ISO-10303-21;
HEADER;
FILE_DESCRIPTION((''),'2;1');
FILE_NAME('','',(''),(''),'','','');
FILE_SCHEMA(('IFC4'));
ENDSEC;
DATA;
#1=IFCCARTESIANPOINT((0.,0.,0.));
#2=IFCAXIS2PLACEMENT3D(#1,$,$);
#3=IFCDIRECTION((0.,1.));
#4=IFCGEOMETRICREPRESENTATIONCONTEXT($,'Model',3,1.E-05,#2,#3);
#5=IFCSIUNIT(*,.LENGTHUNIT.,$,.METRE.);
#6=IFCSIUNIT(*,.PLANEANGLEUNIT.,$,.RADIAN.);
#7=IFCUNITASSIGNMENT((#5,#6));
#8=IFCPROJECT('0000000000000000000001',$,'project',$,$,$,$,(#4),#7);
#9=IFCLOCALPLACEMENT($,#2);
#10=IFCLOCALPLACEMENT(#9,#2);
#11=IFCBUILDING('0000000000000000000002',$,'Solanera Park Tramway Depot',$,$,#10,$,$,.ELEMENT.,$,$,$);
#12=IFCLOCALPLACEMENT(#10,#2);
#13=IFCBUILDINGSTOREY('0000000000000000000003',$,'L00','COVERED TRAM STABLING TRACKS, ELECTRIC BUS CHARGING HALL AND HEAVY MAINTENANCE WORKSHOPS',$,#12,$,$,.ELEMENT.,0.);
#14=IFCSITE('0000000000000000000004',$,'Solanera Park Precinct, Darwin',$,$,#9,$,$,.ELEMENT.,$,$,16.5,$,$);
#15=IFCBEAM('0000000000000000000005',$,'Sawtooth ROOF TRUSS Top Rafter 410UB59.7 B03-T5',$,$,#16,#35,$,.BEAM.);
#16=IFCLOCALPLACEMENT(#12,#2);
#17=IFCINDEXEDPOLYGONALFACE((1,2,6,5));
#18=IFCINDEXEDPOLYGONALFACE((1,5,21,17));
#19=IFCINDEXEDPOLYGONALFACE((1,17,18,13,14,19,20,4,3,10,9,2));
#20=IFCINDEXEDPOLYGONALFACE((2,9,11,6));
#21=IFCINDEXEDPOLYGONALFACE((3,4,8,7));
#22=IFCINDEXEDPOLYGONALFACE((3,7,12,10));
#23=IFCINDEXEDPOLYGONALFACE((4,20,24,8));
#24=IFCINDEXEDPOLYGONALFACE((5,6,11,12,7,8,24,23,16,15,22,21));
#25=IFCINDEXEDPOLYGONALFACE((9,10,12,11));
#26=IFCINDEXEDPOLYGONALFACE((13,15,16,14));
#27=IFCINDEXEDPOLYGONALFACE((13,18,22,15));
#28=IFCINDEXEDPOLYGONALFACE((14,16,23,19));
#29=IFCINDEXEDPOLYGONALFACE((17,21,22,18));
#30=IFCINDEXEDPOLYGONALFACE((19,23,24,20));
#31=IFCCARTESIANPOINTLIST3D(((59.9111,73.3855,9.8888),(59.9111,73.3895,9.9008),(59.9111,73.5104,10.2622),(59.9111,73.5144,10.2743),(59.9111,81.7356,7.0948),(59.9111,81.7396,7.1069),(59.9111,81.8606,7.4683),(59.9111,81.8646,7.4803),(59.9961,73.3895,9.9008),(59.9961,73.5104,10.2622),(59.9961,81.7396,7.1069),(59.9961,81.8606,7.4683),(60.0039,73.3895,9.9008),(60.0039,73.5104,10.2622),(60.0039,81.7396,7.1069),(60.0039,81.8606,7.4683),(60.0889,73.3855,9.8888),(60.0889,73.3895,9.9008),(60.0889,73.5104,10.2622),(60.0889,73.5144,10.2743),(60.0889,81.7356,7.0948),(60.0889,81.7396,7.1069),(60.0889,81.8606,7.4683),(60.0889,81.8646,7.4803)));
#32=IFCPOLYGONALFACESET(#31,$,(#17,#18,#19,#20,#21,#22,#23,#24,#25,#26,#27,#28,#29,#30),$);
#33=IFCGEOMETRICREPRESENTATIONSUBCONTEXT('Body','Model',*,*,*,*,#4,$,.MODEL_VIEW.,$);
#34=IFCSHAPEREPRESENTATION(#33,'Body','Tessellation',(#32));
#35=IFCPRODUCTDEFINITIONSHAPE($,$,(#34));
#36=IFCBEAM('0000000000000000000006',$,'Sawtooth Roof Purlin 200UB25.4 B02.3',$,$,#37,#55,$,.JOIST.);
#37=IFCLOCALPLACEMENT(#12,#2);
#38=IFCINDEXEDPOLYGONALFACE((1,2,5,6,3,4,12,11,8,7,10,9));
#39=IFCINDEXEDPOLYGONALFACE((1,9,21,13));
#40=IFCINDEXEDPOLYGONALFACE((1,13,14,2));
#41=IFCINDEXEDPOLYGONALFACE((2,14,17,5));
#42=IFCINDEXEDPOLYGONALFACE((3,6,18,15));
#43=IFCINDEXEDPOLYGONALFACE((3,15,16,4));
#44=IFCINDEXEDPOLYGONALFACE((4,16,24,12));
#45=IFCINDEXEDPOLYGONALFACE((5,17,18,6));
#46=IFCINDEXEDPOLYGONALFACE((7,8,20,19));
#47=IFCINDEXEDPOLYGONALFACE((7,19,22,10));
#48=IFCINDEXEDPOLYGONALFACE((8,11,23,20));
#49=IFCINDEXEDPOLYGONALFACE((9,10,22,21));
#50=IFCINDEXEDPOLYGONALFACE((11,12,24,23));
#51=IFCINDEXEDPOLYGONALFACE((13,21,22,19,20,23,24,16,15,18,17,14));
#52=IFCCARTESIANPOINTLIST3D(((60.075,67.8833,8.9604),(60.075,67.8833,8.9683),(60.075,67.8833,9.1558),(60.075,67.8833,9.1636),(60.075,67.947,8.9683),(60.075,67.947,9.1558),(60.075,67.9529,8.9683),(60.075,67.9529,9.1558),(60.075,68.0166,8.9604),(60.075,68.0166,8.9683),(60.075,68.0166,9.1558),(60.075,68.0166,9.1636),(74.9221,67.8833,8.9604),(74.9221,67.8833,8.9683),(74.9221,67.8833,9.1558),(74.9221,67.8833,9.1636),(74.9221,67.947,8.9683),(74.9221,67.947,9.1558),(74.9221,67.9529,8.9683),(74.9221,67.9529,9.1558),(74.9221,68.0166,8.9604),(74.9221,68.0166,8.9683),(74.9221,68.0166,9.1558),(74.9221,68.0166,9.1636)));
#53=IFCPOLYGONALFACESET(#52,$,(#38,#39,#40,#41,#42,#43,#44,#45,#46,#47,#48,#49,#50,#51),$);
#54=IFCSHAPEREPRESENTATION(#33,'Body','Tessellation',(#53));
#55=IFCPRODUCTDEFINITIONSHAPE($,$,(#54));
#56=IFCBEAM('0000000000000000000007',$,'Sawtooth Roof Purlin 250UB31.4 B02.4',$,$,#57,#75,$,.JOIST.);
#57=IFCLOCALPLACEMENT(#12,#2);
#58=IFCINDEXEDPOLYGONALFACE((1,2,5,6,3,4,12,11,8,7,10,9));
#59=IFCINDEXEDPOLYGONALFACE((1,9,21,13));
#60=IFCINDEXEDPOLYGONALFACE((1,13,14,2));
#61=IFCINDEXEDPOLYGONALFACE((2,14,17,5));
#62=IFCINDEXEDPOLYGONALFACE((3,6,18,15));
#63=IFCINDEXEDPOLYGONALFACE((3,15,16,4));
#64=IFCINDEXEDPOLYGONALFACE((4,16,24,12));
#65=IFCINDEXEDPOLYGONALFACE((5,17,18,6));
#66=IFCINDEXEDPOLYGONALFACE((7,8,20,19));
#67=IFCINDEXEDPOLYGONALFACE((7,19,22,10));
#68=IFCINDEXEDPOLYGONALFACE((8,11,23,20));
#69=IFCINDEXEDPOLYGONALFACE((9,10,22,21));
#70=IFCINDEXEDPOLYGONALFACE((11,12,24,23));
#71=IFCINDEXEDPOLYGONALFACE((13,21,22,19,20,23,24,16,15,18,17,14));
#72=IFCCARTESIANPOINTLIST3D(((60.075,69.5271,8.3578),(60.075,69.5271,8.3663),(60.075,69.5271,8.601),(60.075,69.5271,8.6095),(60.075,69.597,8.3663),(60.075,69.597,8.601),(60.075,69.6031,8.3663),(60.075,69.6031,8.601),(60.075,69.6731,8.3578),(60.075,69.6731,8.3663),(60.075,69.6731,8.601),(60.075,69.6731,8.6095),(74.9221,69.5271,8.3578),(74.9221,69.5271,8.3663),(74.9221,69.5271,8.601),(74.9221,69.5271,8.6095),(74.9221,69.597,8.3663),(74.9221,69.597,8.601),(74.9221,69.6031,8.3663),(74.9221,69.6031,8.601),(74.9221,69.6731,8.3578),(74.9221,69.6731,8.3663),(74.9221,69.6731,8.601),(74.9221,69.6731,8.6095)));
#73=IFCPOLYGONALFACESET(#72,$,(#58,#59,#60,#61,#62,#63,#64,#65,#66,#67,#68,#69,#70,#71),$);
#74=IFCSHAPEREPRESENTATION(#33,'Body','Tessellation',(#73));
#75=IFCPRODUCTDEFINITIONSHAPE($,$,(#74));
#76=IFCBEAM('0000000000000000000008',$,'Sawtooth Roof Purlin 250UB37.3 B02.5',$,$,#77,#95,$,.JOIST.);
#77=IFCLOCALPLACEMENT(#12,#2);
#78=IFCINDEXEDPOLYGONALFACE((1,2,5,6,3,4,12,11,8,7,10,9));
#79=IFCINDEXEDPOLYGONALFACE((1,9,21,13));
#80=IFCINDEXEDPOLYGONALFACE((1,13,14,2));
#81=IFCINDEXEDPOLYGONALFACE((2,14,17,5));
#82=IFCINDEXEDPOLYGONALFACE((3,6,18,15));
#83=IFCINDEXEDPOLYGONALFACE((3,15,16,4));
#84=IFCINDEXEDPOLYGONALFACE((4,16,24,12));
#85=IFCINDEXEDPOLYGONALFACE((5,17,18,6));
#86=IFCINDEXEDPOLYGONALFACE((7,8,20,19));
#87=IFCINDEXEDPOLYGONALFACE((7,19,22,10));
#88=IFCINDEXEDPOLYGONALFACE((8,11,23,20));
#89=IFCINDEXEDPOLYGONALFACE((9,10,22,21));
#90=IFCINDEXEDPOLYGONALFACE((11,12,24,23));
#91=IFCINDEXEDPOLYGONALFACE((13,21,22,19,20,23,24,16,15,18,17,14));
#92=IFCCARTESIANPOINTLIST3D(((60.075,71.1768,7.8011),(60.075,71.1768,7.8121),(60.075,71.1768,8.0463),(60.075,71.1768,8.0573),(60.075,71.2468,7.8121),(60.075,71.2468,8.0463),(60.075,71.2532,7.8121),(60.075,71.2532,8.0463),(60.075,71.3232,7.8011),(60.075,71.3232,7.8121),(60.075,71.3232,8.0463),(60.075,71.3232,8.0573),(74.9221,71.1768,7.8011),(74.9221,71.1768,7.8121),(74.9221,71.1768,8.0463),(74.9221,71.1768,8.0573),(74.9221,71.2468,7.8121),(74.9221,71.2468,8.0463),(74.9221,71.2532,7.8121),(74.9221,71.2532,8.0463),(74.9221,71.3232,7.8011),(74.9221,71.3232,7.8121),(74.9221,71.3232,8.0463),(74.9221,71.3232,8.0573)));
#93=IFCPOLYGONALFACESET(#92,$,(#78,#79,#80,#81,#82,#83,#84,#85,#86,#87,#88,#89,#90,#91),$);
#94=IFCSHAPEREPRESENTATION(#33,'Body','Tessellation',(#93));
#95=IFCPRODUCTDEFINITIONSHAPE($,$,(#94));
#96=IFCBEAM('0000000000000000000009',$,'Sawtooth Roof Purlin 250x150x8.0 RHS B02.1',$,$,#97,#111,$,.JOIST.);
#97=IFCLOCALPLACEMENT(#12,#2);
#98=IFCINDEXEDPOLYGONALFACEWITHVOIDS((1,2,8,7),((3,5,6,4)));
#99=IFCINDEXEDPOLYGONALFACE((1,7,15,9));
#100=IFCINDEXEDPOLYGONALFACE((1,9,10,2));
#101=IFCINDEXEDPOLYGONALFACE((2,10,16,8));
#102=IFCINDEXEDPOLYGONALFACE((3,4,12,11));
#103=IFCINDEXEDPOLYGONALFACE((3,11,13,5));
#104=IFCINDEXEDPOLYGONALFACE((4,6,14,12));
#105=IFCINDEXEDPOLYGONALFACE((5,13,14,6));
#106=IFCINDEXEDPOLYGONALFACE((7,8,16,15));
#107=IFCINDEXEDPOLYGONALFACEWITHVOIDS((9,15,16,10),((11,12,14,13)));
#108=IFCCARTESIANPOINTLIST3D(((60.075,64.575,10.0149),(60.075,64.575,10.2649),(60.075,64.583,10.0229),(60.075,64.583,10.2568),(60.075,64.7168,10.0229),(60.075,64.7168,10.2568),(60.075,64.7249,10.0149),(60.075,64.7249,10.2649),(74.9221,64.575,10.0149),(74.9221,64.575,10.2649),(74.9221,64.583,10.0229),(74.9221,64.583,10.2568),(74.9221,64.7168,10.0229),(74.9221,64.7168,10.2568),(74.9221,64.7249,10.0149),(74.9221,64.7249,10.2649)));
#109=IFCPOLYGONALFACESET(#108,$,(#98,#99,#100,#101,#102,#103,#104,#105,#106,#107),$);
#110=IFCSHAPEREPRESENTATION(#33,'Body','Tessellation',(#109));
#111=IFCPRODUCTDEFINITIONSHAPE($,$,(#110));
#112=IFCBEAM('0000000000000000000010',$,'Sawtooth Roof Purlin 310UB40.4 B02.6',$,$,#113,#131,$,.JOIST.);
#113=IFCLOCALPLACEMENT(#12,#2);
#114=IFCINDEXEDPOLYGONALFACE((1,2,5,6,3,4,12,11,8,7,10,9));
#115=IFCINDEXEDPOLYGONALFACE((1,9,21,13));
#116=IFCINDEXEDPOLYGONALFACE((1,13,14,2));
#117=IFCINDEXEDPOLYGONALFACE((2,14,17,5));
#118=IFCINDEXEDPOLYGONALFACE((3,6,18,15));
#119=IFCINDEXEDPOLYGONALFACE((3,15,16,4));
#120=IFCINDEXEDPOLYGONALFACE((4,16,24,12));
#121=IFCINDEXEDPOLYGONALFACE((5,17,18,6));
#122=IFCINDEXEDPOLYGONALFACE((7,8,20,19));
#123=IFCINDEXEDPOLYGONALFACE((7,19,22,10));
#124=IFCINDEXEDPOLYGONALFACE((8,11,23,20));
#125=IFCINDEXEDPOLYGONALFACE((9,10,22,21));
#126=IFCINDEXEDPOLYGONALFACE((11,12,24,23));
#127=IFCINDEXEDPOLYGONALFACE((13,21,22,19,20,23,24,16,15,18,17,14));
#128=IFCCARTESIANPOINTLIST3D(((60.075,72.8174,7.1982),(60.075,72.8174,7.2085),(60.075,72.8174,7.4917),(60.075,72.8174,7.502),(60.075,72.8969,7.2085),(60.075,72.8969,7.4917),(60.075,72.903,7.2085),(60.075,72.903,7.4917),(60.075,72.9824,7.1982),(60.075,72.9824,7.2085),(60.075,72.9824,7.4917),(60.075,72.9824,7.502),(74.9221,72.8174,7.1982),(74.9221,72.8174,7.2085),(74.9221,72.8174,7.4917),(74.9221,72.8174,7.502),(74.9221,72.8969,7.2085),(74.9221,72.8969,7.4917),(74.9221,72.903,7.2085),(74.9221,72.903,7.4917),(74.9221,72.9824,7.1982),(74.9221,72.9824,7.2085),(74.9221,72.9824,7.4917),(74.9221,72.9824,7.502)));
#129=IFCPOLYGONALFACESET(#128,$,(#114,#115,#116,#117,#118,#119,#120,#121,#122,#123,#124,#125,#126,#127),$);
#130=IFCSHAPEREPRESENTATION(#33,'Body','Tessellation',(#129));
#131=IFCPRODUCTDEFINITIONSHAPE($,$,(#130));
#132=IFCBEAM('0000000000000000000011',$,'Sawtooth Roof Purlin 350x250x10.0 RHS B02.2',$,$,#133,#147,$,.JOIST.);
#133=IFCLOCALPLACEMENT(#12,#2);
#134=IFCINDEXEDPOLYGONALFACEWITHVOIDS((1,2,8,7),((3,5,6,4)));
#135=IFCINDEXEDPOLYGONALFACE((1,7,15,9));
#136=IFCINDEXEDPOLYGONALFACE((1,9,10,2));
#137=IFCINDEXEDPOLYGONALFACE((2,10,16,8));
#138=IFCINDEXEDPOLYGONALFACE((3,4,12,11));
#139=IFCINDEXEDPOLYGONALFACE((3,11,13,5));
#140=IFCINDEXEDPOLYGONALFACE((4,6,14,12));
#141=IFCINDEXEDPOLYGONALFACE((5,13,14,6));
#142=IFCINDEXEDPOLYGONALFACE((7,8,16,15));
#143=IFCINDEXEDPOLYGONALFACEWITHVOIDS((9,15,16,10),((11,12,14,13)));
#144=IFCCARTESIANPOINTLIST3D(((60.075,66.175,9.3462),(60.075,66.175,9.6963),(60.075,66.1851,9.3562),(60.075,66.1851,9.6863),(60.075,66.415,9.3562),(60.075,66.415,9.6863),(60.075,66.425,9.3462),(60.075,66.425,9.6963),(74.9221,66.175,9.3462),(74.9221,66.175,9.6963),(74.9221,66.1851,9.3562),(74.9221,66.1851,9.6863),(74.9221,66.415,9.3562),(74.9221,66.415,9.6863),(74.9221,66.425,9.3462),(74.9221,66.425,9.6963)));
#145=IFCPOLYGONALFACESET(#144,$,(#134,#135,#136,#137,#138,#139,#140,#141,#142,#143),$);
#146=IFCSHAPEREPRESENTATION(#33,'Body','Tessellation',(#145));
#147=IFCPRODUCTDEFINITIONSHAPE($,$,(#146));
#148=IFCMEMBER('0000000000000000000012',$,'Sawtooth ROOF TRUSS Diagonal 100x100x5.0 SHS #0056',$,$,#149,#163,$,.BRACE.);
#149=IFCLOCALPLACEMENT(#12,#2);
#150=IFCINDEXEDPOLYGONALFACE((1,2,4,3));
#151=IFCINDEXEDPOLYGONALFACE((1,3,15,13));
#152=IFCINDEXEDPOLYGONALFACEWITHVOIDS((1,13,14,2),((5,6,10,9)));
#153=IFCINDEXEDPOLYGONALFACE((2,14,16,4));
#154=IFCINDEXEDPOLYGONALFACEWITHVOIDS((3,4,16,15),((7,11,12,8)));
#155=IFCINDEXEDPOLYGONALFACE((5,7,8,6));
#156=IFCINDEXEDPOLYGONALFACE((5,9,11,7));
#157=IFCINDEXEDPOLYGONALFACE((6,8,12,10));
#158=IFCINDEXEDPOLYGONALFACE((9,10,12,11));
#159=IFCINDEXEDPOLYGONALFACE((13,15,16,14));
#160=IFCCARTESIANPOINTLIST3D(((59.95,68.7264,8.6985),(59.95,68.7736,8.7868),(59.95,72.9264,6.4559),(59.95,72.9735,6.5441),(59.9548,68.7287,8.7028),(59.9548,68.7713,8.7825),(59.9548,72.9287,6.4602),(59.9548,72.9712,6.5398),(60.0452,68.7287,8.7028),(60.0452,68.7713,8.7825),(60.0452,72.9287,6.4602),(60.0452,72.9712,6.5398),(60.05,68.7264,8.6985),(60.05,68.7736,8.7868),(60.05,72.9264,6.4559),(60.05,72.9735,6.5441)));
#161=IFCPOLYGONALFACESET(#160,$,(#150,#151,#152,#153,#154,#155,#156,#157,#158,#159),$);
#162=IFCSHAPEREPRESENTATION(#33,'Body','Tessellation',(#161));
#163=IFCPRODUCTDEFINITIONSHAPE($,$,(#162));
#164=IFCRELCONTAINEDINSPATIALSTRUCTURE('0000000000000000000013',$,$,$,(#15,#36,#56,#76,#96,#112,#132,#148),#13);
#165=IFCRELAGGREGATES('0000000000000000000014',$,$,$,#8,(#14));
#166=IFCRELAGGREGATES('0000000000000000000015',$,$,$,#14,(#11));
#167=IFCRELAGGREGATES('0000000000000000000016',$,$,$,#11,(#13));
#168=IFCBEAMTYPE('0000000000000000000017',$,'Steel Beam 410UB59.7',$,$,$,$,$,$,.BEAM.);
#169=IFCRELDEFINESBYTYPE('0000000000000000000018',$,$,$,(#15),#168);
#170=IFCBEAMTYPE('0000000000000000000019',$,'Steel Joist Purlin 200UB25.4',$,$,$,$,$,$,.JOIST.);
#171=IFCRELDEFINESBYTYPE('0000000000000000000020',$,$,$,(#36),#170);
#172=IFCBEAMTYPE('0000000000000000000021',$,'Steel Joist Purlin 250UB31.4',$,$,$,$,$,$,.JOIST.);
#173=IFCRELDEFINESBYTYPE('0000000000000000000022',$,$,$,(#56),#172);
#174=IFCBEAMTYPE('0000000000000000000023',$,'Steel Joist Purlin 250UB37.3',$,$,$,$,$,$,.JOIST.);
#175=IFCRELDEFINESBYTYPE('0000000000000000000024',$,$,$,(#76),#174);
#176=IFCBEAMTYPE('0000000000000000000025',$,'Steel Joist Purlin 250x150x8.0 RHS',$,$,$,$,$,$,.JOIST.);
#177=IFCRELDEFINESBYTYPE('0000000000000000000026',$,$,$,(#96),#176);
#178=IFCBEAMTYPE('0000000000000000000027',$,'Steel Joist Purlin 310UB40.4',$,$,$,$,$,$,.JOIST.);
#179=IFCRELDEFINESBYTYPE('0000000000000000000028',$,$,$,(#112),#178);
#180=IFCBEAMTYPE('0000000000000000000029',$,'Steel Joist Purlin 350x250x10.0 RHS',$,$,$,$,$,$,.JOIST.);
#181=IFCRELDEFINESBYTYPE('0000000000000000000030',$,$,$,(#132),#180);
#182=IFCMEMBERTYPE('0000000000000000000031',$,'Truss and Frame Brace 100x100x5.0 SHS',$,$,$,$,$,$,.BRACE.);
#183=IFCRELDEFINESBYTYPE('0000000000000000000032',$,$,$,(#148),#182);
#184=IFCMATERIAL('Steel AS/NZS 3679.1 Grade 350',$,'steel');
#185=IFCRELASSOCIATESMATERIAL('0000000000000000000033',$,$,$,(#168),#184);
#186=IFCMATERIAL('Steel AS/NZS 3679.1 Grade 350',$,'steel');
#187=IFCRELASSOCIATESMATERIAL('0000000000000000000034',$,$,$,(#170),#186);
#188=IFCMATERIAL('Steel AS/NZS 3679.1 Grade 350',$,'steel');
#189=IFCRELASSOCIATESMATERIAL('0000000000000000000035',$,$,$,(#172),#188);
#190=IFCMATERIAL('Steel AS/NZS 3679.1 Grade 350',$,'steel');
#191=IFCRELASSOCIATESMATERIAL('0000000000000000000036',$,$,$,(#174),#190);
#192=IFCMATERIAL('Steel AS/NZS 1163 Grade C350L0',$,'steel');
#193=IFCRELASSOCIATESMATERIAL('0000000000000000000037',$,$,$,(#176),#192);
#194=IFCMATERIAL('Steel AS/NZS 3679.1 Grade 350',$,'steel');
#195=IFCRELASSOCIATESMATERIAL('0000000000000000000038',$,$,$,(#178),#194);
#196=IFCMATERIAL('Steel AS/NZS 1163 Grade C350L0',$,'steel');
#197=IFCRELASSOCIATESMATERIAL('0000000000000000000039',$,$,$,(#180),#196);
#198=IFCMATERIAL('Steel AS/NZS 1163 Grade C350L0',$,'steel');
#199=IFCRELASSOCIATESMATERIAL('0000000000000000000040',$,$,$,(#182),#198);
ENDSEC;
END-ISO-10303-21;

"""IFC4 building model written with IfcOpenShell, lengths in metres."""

from ifc_helpers import new_model, si_unit, direction, frame, origin, origin_2d, place, context, subcontext, project, spatial, hollow_rectangle, i_section, extrude, material, material_profile, profile_set, type_object, element, save


model = new_model("IFC4")

# Units and contexts
model_context = context("Model", 3, precision=1e-05, world=origin(), true_north=direction((0.0, 1.0)))
body_context = subcontext(model_context, "Body", "Model", "MODEL_VIEW")
ifc_project = project(units=[si_unit("LENGTHUNIT", "METRE"), si_unit("PLANEANGLEUNIT", "RADIAN")], contexts=[model_context])

# Site, building, storey
site_placement = place(None, origin())
site = spatial("IfcSite", under=ifc_project, at=site_placement, Name="Solanera Park Precinct, Darwin", CompositionType="ELEMENT", RefElevation=16.5)
building_placement = place(site_placement, origin())
building = spatial("IfcBuilding", under=site, at=building_placement, Name="Solanera Park Tramway Depot", CompositionType="ELEMENT")
storey_placement = place(building_placement, origin())
storey = spatial("IfcBuildingStorey", under=building, at=storey_placement, Name="L00", Description="COVERED TRAM STABLING TRACKS, ELECTRIC BUS CHARGING HALL AND HEAVY MAINTENANCE WORKSHOPS", CompositionType="ELEMENT", Elevation=0.0)

# Beams
ifc_material_1 = material(Name="Steel AS/NZS 3679.1 Grade 350", Category="steel")
ifc_material_profile_1 = material_profile(ifc_material_1, i_section(OverallWidth=0.1777, OverallDepth=0.4065, WebThickness=0.0078, FlangeThickness=0.0127, at=origin_2d()), Name="410UB59.7")
ifc_profile_set_1 = profile_set([ifc_material_profile_1], Name="Steel AS/NZS 3679.1 Grade 350")
beam_type_1 = type_object("IfcBeamType", Name="Steel Beam 410UB59.7", PredefinedType="BEAM", material=ifc_profile_set_1)
beam_1_placement = place(storey_placement, frame((60.0, 73.45, 10.0815), z_axis=(0.0, 0.948322, -0.317309), x_axis=(-1.0, 0.0, 0.0)))
element("IfcBeam", 1, at=beam_1_placement, inside=storey, type_object=beam_type_1, Name="Sawtooth ROOF TRUSS Top Rafter 410UB59.7 B03-T5", PredefinedType="BEAM", context=body_context, shape_type="SweptSolid", body=[
    extrude(i_section(OverallWidth=0.1777, OverallDepth=0.4065, WebThickness=0.0078, FlangeThickness=0.0127, at=origin_2d()), origin(), (0.0, 0.0, 1.0), 8.8052),
])
ifc_material_2 = material(Name="Steel AS/NZS 3679.1 Grade 350", Category="steel")
ifc_material_profile_2 = material_profile(ifc_material_2, i_section(OverallWidth=0.1333, OverallDepth=0.2031, WebThickness=0.0059, FlangeThickness=0.0078, at=origin_2d()), Name="200UB25.4")
ifc_profile_set_2 = profile_set([ifc_material_profile_2], Name="Steel AS/NZS 3679.1 Grade 350")
beam_type_2 = type_object("IfcBeamType", Name="Steel Joist Purlin 200UB25.4", PredefinedType="JOIST", material=ifc_profile_set_2)
beam_2_placement = place(storey_placement, frame((60.075, 67.95, 9.062), z_axis=(1.0, 0.0, 0.0), x_axis=(0.0, 1.0, 0.0)))
element("IfcBeam", 2, at=beam_2_placement, inside=storey, type_object=beam_type_2, Name="Sawtooth Roof Purlin 200UB25.4 B02.3", PredefinedType="JOIST", context=body_context, shape_type="SweptSolid", body=[
    extrude(i_section(OverallWidth=0.1333, OverallDepth=0.2031, WebThickness=0.0059, FlangeThickness=0.0078, at=origin_2d()), origin(), (0.0, 0.0, 1.0), 14.8472),
])
ifc_material_3 = material(Name="Steel AS/NZS 3679.1 Grade 350", Category="steel")
ifc_material_profile_3 = material_profile(ifc_material_3, i_section(OverallWidth=0.146, OverallDepth=0.2517, WebThickness=0.0061, FlangeThickness=0.0085, at=origin_2d()), Name="250UB31.4")
ifc_profile_set_3 = profile_set([ifc_material_profile_3], Name="Steel AS/NZS 3679.1 Grade 350")
beam_type_3 = type_object("IfcBeamType", Name="Steel Joist Purlin 250UB31.4", PredefinedType="JOIST", material=ifc_profile_set_3)
beam_3_placement = place(storey_placement, frame((60.075, 69.6001, 8.4836), z_axis=(1.0, 0.0, 0.0), x_axis=(0.0, 1.0, 0.0)))
element("IfcBeam", 3, at=beam_3_placement, inside=storey, type_object=beam_type_3, Name="Sawtooth Roof Purlin 250UB31.4 B02.4", PredefinedType="JOIST", context=body_context, shape_type="SweptSolid", body=[
    extrude(i_section(OverallWidth=0.146, OverallDepth=0.2517, WebThickness=0.0061, FlangeThickness=0.0085, at=origin_2d()), origin(), (0.0, 0.0, 1.0), 14.8472),
])
ifc_material_4 = material(Name="Steel AS/NZS 3679.1 Grade 350", Category="steel")
ifc_material_profile_4 = material_profile(ifc_material_4, i_section(OverallWidth=0.1465, OverallDepth=0.2561, WebThickness=0.0063, FlangeThickness=0.011, at=origin_2d()), Name="250UB37.3")
ifc_profile_set_4 = profile_set([ifc_material_profile_4], Name="Steel AS/NZS 3679.1 Grade 350")
beam_type_4 = type_object("IfcBeamType", Name="Steel Joist Purlin 250UB37.3", PredefinedType="JOIST", material=ifc_profile_set_4)
beam_4_placement = place(storey_placement, frame((60.075, 71.25, 7.9292), z_axis=(1.0, 0.0, 0.0), x_axis=(0.0, 1.0, 0.0)))
element("IfcBeam", 4, at=beam_4_placement, inside=storey, type_object=beam_type_4, Name="Sawtooth Roof Purlin 250UB37.3 B02.5", PredefinedType="JOIST", context=body_context, shape_type="SweptSolid", body=[
    extrude(i_section(OverallWidth=0.1465, OverallDepth=0.2561, WebThickness=0.0063, FlangeThickness=0.011, at=origin_2d()), origin(), (0.0, 0.0, 1.0), 14.8472),
])
ifc_material_5 = material(Name="Steel AS/NZS 1163 Grade C350L0", Category="steel")
ifc_material_profile_5 = material_profile(ifc_material_5, hollow_rectangle(XDim=0.1499, YDim=0.25, WallThickness=0.0081, at=origin_2d()), Name="250x150x8.0 RHS")
ifc_profile_set_5 = profile_set([ifc_material_profile_5], Name="Steel AS/NZS 1163 Grade C350L0")
beam_type_5 = type_object("IfcBeamType", Name="Steel Joist Purlin 250x150x8.0 RHS", PredefinedType="JOIST", material=ifc_profile_set_5)
beam_5_placement = place(storey_placement, frame((60.075, 64.6499, 10.1399), z_axis=(1.0, 0.0, 0.0), x_axis=(0.0, 1.0, 0.0)))
element("IfcBeam", 5, at=beam_5_placement, inside=storey, type_object=beam_type_5, Name="Sawtooth Roof Purlin 250x150x8.0 RHS B02.1", PredefinedType="JOIST", context=body_context, shape_type="SweptSolid", body=[
    extrude(hollow_rectangle(XDim=0.1499, YDim=0.25, WallThickness=0.0081, at=origin_2d()), origin(), (0.0, 0.0, 1.0), 14.8472),
])
ifc_material_6 = material(Name="Steel AS/NZS 3679.1 Grade 350", Category="steel")
ifc_material_profile_6 = material_profile(ifc_material_6, i_section(OverallWidth=0.165, OverallDepth=0.3037, WebThickness=0.0061, FlangeThickness=0.0103, at=origin_2d()), Name="310UB40.4")
ifc_profile_set_6 = profile_set([ifc_material_profile_6], Name="Steel AS/NZS 3679.1 Grade 350")
beam_type_6 = type_object("IfcBeamType", Name="Steel Joist Purlin 310UB40.4", PredefinedType="JOIST", material=ifc_profile_set_6)
beam_6_placement = place(storey_placement, frame((60.075, 72.8999, 7.3501), z_axis=(1.0, 0.0, 0.0), x_axis=(0.0, 1.0, 0.0)))
element("IfcBeam", 6, at=beam_6_placement, inside=storey, type_object=beam_type_6, Name="Sawtooth Roof Purlin 310UB40.4 B02.6", PredefinedType="JOIST", context=body_context, shape_type="SweptSolid", body=[
    extrude(i_section(OverallWidth=0.165, OverallDepth=0.3037, WebThickness=0.0061, FlangeThickness=0.0103, at=origin_2d()), origin(), (0.0, 0.0, 1.0), 14.8472),
])
ifc_material_7 = material(Name="Steel AS/NZS 1163 Grade C350L0", Category="steel")
ifc_material_profile_7 = material_profile(ifc_material_7, hollow_rectangle(XDim=0.25, YDim=0.3501, WallThickness=0.01, at=origin_2d()), Name="350x250x10.0 RHS")
ifc_profile_set_7 = profile_set([ifc_material_profile_7], Name="Steel AS/NZS 1163 Grade C350L0")
beam_type_7 = type_object("IfcBeamType", Name="Steel Joist Purlin 350x250x10.0 RHS", PredefinedType="JOIST", material=ifc_profile_set_7)
beam_7_placement = place(storey_placement, frame((60.075, 66.3, 9.5212), z_axis=(1.0, 0.0, 0.0), x_axis=(0.0, 1.0, 0.0)))
element("IfcBeam", 7, at=beam_7_placement, inside=storey, type_object=beam_type_7, Name="Sawtooth Roof Purlin 350x250x10.0 RHS B02.2", PredefinedType="JOIST", context=body_context, shape_type="SweptSolid", body=[
    extrude(hollow_rectangle(XDim=0.25, YDim=0.3501, WallThickness=0.01, at=origin_2d()), origin(), (0.0, 0.0, 1.0), 14.8472),
])

# Member
ifc_material_8 = material(Name="Steel AS/NZS 1163 Grade C350L0", Category="steel")
ifc_material_profile_8 = material_profile(ifc_material_8, hollow_rectangle(XDim=0.1001, YDim=0.1001, WallThickness=0.0049, at=origin_2d()), Name="100x100x5.0 SHS")
ifc_profile_set_8 = profile_set([ifc_material_profile_8], Name="Steel AS/NZS 1163 Grade C350L0")
member_type_1 = type_object("IfcMemberType", Name="Truss and Frame Brace 100x100x5.0 SHS", PredefinedType="BRACE", material=ifc_profile_set_8)
member_1_placement = place(storey_placement, frame((60.0, 72.95, 6.5), z_axis=(0.0, -0.882117, 0.47103), x_axis=(1.0, 0.0, 0.0)))
element("IfcMember", 8, at=member_1_placement, inside=storey, type_object=member_type_1, Name="Sawtooth ROOF TRUSS Diagonal 100x100x5.0 SHS #0056", PredefinedType="BRACE", context=body_context, shape_type="SweptSolid", body=[
    extrude(hollow_rectangle(XDim=0.1001, YDim=0.1001, WallThickness=0.0049, at=origin_2d()), origin(), (0.0, 0.0, 1.0), 4.7612),
])

save(model, "model.ifc")
